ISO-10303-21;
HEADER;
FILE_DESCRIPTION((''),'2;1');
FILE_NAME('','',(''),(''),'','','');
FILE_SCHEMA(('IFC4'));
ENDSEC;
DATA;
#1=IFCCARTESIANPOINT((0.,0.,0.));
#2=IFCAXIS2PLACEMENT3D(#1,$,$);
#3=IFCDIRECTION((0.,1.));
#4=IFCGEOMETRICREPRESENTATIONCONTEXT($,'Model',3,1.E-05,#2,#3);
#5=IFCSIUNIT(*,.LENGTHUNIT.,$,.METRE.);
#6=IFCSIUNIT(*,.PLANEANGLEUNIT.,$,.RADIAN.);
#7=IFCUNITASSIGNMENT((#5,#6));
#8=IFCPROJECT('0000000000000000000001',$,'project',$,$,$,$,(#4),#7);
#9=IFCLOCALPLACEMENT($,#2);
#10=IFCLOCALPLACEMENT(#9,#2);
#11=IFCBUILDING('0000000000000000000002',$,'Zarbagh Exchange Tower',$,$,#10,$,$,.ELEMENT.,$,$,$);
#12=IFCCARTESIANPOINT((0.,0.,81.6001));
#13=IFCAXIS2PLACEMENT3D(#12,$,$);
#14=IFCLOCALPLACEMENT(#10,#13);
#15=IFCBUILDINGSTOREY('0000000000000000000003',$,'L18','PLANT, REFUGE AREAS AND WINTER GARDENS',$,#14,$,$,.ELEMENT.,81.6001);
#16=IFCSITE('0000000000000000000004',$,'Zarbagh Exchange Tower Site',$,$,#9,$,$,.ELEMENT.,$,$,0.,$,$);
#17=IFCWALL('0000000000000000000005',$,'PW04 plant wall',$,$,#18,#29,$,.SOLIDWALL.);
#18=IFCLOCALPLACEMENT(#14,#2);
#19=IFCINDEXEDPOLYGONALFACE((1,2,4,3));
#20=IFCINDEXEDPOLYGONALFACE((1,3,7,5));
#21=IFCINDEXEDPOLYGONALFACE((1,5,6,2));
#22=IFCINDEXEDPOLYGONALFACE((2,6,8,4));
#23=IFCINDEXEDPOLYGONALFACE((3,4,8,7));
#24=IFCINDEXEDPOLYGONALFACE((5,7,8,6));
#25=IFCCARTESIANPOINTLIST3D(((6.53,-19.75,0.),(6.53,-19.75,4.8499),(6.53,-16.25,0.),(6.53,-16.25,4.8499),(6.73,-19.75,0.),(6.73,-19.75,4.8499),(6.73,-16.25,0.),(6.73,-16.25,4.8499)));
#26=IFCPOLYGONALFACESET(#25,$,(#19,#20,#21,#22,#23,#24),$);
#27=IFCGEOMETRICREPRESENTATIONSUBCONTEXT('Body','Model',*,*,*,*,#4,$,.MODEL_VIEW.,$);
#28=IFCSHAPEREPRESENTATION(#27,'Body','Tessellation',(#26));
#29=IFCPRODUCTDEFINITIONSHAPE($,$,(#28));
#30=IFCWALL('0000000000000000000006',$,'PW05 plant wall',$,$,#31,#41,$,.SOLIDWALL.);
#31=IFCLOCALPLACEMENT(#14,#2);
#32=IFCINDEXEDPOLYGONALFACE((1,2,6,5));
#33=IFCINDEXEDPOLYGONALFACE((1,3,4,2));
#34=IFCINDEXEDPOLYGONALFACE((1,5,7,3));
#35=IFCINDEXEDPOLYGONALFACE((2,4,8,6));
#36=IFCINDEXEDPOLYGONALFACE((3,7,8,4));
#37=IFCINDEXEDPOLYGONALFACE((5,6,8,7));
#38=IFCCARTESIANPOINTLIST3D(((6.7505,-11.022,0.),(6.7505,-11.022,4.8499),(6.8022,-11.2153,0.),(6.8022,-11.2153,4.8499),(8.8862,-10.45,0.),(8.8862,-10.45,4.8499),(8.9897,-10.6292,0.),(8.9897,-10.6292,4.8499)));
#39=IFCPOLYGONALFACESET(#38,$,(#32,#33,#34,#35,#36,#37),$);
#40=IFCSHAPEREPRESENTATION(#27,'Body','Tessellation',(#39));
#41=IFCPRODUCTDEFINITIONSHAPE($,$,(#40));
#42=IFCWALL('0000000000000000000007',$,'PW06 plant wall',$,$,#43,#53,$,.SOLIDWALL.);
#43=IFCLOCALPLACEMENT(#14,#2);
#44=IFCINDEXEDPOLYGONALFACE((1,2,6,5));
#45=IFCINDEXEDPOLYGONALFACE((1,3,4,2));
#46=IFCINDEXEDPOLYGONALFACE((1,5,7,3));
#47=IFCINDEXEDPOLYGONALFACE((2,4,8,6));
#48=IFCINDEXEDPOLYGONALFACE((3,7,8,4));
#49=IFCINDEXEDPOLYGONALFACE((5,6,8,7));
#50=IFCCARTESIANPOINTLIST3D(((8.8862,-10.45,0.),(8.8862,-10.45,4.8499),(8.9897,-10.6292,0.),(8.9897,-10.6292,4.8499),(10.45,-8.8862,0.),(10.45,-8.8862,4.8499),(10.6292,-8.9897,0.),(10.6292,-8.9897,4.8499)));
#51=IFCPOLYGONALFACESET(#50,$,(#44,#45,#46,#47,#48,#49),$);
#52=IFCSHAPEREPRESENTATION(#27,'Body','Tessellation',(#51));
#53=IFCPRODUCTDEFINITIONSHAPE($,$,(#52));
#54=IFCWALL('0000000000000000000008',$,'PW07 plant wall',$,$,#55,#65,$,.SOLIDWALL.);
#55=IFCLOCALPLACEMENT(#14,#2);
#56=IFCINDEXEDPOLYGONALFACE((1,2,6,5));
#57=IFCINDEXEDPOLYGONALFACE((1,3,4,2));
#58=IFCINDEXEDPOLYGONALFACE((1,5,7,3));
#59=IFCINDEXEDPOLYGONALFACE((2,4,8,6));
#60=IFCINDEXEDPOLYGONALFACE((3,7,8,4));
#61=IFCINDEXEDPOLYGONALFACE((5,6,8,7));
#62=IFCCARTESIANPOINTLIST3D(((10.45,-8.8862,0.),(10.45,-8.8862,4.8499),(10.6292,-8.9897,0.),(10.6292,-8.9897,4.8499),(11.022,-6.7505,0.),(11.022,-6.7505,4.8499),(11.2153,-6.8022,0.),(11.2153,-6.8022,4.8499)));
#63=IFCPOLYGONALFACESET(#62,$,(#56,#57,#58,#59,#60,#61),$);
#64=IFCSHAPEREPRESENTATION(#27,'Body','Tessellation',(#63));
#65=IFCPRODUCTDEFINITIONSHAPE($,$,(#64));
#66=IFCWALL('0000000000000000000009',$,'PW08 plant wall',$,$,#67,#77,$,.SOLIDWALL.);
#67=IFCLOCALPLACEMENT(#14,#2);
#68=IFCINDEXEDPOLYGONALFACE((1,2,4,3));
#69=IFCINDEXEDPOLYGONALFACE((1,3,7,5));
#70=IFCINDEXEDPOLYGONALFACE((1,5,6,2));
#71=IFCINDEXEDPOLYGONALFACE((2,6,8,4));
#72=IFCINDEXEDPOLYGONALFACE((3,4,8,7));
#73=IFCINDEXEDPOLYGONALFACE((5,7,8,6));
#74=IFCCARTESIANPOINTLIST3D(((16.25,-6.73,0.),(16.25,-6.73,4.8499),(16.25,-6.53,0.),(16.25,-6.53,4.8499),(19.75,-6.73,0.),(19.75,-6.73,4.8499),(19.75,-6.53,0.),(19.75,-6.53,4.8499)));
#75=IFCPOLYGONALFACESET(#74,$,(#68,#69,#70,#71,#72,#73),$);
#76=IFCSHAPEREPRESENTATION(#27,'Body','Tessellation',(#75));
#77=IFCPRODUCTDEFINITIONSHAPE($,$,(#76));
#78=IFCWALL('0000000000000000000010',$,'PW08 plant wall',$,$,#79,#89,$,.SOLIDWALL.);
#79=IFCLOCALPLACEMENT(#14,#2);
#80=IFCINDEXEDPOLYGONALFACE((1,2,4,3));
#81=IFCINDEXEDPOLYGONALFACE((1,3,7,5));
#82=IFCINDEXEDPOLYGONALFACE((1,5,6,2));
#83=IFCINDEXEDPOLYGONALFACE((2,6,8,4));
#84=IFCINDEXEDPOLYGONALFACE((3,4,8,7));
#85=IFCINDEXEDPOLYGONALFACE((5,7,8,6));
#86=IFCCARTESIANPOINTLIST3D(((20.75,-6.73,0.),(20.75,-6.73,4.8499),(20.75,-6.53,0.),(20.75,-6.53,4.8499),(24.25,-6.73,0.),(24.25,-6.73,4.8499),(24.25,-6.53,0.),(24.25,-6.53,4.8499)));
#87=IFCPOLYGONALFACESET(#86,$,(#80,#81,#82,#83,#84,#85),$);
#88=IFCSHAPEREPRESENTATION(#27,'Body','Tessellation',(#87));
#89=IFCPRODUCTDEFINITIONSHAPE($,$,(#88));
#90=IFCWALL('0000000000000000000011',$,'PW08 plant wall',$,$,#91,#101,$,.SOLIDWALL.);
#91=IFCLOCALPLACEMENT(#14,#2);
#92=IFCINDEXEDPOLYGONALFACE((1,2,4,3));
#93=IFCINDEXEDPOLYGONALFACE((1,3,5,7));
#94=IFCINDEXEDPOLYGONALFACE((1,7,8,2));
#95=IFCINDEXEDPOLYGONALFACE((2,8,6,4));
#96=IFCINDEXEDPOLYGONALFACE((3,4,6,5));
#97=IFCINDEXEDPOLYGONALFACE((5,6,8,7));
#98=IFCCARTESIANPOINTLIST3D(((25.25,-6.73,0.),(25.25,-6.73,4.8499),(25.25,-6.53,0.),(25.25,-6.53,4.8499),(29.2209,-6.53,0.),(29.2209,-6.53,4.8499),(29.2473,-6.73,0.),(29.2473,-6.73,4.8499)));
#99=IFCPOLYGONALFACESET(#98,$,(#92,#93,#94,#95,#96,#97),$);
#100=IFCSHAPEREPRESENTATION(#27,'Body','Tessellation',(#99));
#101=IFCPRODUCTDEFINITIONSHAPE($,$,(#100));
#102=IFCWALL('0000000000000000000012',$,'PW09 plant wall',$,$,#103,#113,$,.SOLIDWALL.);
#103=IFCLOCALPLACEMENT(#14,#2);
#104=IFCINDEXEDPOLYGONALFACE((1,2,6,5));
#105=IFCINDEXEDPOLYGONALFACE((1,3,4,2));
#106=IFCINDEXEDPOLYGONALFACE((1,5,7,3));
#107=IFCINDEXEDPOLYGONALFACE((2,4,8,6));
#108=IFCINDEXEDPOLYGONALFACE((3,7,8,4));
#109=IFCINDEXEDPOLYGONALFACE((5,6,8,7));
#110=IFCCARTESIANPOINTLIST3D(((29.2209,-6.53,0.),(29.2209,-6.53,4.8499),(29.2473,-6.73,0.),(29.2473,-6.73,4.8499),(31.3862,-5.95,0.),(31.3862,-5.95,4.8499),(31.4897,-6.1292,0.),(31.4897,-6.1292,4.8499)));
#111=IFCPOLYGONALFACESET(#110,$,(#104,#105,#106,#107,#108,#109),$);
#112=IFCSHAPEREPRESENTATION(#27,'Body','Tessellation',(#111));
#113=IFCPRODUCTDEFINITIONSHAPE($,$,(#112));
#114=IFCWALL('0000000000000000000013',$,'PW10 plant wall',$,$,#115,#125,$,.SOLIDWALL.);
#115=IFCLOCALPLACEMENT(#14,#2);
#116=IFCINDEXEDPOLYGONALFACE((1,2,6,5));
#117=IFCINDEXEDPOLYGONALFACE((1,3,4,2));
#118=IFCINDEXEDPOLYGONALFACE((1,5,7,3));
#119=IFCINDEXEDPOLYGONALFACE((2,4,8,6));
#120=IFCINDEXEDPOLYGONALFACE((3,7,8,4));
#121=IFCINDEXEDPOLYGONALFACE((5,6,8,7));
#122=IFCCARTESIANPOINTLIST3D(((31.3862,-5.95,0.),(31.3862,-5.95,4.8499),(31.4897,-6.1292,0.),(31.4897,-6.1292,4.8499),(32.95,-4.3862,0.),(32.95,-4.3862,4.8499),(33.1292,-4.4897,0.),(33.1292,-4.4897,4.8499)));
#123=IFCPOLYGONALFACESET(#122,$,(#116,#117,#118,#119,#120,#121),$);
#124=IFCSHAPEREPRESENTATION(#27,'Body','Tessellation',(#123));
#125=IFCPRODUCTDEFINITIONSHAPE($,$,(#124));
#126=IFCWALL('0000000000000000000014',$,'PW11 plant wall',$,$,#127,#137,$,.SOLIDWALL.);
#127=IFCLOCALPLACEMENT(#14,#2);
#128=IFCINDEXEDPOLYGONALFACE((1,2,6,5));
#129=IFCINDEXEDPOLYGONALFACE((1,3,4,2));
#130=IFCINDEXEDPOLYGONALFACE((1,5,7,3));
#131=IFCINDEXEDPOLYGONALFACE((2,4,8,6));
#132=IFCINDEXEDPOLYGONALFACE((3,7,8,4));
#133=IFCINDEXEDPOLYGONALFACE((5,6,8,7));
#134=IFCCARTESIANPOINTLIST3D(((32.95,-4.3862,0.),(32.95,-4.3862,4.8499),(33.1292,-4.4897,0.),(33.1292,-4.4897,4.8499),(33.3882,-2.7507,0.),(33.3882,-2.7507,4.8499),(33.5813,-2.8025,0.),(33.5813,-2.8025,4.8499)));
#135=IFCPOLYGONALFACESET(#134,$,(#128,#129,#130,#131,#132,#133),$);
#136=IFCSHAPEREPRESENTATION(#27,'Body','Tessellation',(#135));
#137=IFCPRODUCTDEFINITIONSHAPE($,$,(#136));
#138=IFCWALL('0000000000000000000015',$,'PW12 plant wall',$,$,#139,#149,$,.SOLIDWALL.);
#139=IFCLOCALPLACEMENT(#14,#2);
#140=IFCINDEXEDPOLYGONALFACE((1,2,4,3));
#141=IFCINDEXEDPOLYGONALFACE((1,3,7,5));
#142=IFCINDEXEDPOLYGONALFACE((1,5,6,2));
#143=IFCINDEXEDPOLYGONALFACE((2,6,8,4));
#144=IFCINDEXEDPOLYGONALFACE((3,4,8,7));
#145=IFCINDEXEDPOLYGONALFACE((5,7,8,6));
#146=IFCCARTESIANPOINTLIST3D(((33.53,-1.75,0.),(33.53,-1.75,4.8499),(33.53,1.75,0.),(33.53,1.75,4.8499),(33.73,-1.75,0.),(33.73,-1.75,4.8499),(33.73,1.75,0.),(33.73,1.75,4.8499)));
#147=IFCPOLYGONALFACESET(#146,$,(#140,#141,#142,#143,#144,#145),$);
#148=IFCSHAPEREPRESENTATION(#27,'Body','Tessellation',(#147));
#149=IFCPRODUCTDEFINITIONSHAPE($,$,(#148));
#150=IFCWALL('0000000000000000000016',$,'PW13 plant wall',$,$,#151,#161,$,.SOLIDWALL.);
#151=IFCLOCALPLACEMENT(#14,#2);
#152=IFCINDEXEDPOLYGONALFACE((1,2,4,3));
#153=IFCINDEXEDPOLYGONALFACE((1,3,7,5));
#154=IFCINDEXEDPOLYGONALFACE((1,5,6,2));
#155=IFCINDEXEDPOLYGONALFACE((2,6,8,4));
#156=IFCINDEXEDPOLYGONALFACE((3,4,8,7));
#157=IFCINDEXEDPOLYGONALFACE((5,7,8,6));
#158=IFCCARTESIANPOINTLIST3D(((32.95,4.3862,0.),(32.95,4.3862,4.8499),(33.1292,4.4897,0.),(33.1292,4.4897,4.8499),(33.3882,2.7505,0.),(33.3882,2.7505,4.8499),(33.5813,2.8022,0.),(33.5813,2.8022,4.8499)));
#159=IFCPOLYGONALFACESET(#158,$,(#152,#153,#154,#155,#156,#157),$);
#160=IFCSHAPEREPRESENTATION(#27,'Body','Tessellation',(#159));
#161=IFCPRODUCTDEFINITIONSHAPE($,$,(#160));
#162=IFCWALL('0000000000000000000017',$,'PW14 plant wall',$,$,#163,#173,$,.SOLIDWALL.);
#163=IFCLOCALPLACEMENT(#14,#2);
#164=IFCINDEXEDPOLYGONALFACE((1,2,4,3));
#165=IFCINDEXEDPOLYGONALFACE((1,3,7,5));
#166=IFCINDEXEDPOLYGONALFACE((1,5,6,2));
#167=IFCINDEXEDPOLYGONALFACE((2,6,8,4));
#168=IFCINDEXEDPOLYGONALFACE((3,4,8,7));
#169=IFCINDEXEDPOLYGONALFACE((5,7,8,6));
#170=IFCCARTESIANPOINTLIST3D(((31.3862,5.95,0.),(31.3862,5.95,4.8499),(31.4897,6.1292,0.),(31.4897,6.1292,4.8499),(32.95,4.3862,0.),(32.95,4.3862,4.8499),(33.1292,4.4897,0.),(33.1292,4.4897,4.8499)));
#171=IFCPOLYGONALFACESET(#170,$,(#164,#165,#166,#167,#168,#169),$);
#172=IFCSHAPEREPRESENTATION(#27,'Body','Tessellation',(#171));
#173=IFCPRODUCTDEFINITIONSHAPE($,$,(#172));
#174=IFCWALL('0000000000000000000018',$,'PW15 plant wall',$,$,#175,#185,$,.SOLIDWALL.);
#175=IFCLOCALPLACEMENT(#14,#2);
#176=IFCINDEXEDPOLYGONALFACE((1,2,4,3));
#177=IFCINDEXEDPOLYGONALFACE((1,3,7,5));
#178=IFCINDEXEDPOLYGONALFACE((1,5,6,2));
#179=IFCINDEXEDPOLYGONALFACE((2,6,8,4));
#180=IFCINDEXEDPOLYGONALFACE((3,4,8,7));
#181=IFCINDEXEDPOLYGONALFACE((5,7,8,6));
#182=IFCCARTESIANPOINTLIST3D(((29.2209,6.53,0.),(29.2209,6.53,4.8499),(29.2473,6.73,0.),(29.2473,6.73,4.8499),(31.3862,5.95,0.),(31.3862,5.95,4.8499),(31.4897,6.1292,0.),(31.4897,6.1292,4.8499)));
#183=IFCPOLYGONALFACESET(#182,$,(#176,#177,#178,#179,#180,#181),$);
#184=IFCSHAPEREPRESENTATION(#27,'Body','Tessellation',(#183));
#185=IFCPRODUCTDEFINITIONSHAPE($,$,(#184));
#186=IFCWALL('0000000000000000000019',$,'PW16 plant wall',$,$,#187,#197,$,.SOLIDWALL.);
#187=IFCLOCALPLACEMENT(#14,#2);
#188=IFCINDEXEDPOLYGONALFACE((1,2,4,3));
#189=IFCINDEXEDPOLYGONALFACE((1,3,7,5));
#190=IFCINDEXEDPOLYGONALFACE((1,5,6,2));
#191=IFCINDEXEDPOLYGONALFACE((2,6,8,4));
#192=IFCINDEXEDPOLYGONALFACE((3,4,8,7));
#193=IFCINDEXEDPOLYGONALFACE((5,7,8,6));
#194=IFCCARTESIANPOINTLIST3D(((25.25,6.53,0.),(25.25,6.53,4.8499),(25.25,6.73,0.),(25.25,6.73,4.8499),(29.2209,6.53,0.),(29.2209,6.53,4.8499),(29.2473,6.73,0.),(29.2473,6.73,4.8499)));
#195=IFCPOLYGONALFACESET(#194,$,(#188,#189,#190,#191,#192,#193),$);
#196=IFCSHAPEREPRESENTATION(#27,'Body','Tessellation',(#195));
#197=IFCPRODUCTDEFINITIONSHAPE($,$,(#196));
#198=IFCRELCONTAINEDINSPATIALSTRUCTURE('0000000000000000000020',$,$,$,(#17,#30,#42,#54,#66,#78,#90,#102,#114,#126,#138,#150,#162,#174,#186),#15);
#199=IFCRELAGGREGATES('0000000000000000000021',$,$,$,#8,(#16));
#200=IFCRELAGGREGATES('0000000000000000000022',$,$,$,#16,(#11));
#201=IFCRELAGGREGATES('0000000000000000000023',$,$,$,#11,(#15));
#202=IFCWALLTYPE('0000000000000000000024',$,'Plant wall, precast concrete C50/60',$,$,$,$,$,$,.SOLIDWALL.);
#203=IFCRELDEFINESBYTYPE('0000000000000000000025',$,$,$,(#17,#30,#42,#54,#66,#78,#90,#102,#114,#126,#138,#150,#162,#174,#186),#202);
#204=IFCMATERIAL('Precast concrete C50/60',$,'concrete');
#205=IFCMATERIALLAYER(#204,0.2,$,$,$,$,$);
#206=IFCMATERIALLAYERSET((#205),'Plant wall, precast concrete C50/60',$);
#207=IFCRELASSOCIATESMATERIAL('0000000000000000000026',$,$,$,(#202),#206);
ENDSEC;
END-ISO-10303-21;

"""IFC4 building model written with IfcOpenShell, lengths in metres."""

from ifc_helpers import new_model, si_unit, direction, frame, origin, place, context, subcontext, project, spatial, polyline, outline, extrude, material, layer, layer_set, type_object, element, save


model = new_model("IFC4")

# Units and contexts
model_context = context("Model", 3, precision=1e-05, world=origin(), true_north=direction((0.0, 1.0)))
body_context = subcontext(model_context, "Body", "Model", "MODEL_VIEW")
ifc_project = project(units=[si_unit("LENGTHUNIT", "METRE"), si_unit("PLANEANGLEUNIT", "RADIAN")], contexts=[model_context])

# Site, building, storey
site_placement = place(None, origin())
site = spatial("IfcSite", under=ifc_project, at=site_placement, Name="Zarbagh Exchange Tower Site", CompositionType="ELEMENT", RefElevation=0.0)
building_placement = place(site_placement, origin())
building = spatial("IfcBuilding", under=site, at=building_placement, Name="Zarbagh Exchange Tower", CompositionType="ELEMENT")
storey_placement = place(building_placement, frame((0.0, 0.0, 81.6001)))
storey = spatial("IfcBuildingStorey", under=building, at=storey_placement, Name="L18", Description="PLANT, REFUGE AREAS AND WINTER GARDENS", CompositionType="ELEMENT", Elevation=81.6001)

# Walls
ifc_material_1 = material(Name="Precast concrete C50/60", Category="concrete")
ifc_layer_1 = layer(ifc_material_1, 0.2)
ifc_layer_set_1 = layer_set([ifc_layer_1], Name="Plant wall, precast concrete C50/60")
wall_type = type_object("IfcWallType", Name="Plant wall, precast concrete C50/60", PredefinedType="SOLIDWALL", material=ifc_layer_set_1)
wall_1_placement = place(storey_placement, origin())
element("IfcWall", 1, at=wall_1_placement, inside=storey, type_object=wall_type, Name="PW04 plant wall", PredefinedType="SOLIDWALL", context=body_context, shape_type="SweptSolid", body=[
    extrude(outline(polyline([(6.73, -19.75), (6.73, -16.25), (6.53, -16.25), (6.53, -19.75), (6.73, -19.75)])), origin(), (0.0, 0.0, 1.0), 4.8499),
])
wall_2_placement = place(storey_placement, origin())
element("IfcWall", 2, at=wall_2_placement, inside=storey, type_object=wall_type, Name="PW05 plant wall", PredefinedType="SOLIDWALL", context=body_context, shape_type="SweptSolid", body=[
    extrude(outline(polyline([(6.8022, -11.2153), (8.9897, -10.6292), (8.8862, -10.45), (6.7505, -11.022), (6.8022, -11.2153)])), origin(), (0.0, 0.0, 1.0), 4.8499),
])
wall_3_placement = place(storey_placement, origin())
element("IfcWall", 3, at=wall_3_placement, inside=storey, type_object=wall_type, Name="PW06 plant wall", PredefinedType="SOLIDWALL", context=body_context, shape_type="SweptSolid", body=[
    extrude(outline(polyline([(8.9897, -10.6292), (10.6292, -8.9897), (10.45, -8.8862), (8.8862, -10.45), (8.9897, -10.6292)])), origin(), (0.0, 0.0, 1.0), 4.8499),
])
wall_4_placement = place(storey_placement, origin())
element("IfcWall", 4, at=wall_4_placement, inside=storey, type_object=wall_type, Name="PW07 plant wall", PredefinedType="SOLIDWALL", context=body_context, shape_type="SweptSolid", body=[
    extrude(outline(polyline([(10.6292, -8.9897), (11.2153, -6.8022), (11.022, -6.7505), (10.45, -8.8862), (10.6292, -8.9897)])), origin(), (0.0, 0.0, 1.0), 4.8499),
])
wall_5_placement = place(storey_placement, origin())
element("IfcWall", 5, at=wall_5_placement, inside=storey, type_object=wall_type, Name="PW08 plant wall", PredefinedType="SOLIDWALL", context=body_context, shape_type="SweptSolid", body=[
    extrude(outline(polyline([(16.25, -6.73), (19.75, -6.73), (19.75, -6.53), (16.25, -6.53), (16.25, -6.73)])), origin(), (0.0, 0.0, 1.0), 4.8499),
])
wall_6_placement = place(storey_placement, origin())
element("IfcWall", 6, at=wall_6_placement, inside=storey, type_object=wall_type, Name="PW08 plant wall", PredefinedType="SOLIDWALL", context=body_context, shape_type="SweptSolid", body=[
    extrude(outline(polyline([(20.75, -6.73), (24.25, -6.73), (24.25, -6.53), (20.75, -6.53), (20.75, -6.73)])), origin(), (0.0, 0.0, 1.0), 4.8499),
])
wall_7_placement = place(storey_placement, origin())
element("IfcWall", 7, at=wall_7_placement, inside=storey, type_object=wall_type, Name="PW08 plant wall", PredefinedType="SOLIDWALL", context=body_context, shape_type="SweptSolid", body=[
    extrude(outline(polyline([(25.25, -6.73), (29.2473, -6.73), (29.2209, -6.53), (25.25, -6.53), (25.25, -6.73)])), origin(), (0.0, 0.0, 1.0), 4.8499),
])
wall_8_placement = place(storey_placement, origin())
element("IfcWall", 8, at=wall_8_placement, inside=storey, type_object=wall_type, Name="PW09 plant wall", PredefinedType="SOLIDWALL", context=body_context, shape_type="SweptSolid", body=[
    extrude(outline(polyline([(29.2473, -6.73), (31.4897, -6.1292), (31.3862, -5.95), (29.2209, -6.53), (29.2473, -6.73)])), origin(), (0.0, 0.0, 1.0), 4.8499),
])
wall_9_placement = place(storey_placement, origin())
element("IfcWall", 9, at=wall_9_placement, inside=storey, type_object=wall_type, Name="PW10 plant wall", PredefinedType="SOLIDWALL", context=body_context, shape_type="SweptSolid", body=[
    extrude(outline(polyline([(31.4897, -6.1292), (33.1292, -4.4897), (32.95, -4.3862), (31.3862, -5.95), (31.4897, -6.1292)])), origin(), (0.0, 0.0, 1.0), 4.8499),
])
wall_10_placement = place(storey_placement, origin())
element("IfcWall", 10, at=wall_10_placement, inside=storey, type_object=wall_type, Name="PW11 plant wall", PredefinedType="SOLIDWALL", context=body_context, shape_type="SweptSolid", body=[
    extrude(outline(polyline([(33.1292, -4.4897), (33.5813, -2.8025), (33.3882, -2.7507), (32.95, -4.3862), (33.1292, -4.4897)])), origin(), (0.0, 0.0, 1.0), 4.8499),
])
wall_11_placement = place(storey_placement, origin())
element("IfcWall", 11, at=wall_11_placement, inside=storey, type_object=wall_type, Name="PW12 plant wall", PredefinedType="SOLIDWALL", context=body_context, shape_type="SweptSolid", body=[
    extrude(outline(polyline([(33.73, -1.75), (33.73, 1.75), (33.53, 1.75), (33.53, -1.75), (33.73, -1.75)])), origin(), (0.0, 0.0, 1.0), 4.8499),
])
wall_12_placement = place(storey_placement, origin())
element("IfcWall", 12, at=wall_12_placement, inside=storey, type_object=wall_type, Name="PW13 plant wall", PredefinedType="SOLIDWALL", context=body_context, shape_type="SweptSolid", body=[
    extrude(outline(polyline([(33.5813, 2.8022), (33.1292, 4.4897), (32.95, 4.3862), (33.3882, 2.7505), (33.5813, 2.8022)])), origin(), (0.0, 0.0, 1.0), 4.8499),
])
wall_13_placement = place(storey_placement, origin())
element("IfcWall", 13, at=wall_13_placement, inside=storey, type_object=wall_type, Name="PW14 plant wall", PredefinedType="SOLIDWALL", context=body_context, shape_type="SweptSolid", body=[
    extrude(outline(polyline([(33.1292, 4.4897), (31.4897, 6.1292), (31.3862, 5.95), (32.95, 4.3862), (33.1292, 4.4897)])), origin(), (0.0, 0.0, 1.0), 4.8499),
])
wall_14_placement = place(storey_placement, origin())
element("IfcWall", 14, at=wall_14_placement, inside=storey, type_object=wall_type, Name="PW15 plant wall", PredefinedType="SOLIDWALL", context=body_context, shape_type="SweptSolid", body=[
    extrude(outline(polyline([(31.4897, 6.1292), (29.2473, 6.73), (29.2209, 6.53), (31.3862, 5.95), (31.4897, 6.1292)])), origin(), (0.0, 0.0, 1.0), 4.8499),
])
wall_15_placement = place(storey_placement, origin())
element("IfcWall", 15, at=wall_15_placement, inside=storey, type_object=wall_type, Name="PW16 plant wall", PredefinedType="SOLIDWALL", context=body_context, shape_type="SweptSolid", body=[
    extrude(outline(polyline([(29.2473, 6.73), (25.25, 6.73), (25.25, 6.53), (29.2209, 6.53), (29.2473, 6.73)])), origin(), (0.0, 0.0, 1.0), 4.8499),
])

save(model, "model.ifc")
